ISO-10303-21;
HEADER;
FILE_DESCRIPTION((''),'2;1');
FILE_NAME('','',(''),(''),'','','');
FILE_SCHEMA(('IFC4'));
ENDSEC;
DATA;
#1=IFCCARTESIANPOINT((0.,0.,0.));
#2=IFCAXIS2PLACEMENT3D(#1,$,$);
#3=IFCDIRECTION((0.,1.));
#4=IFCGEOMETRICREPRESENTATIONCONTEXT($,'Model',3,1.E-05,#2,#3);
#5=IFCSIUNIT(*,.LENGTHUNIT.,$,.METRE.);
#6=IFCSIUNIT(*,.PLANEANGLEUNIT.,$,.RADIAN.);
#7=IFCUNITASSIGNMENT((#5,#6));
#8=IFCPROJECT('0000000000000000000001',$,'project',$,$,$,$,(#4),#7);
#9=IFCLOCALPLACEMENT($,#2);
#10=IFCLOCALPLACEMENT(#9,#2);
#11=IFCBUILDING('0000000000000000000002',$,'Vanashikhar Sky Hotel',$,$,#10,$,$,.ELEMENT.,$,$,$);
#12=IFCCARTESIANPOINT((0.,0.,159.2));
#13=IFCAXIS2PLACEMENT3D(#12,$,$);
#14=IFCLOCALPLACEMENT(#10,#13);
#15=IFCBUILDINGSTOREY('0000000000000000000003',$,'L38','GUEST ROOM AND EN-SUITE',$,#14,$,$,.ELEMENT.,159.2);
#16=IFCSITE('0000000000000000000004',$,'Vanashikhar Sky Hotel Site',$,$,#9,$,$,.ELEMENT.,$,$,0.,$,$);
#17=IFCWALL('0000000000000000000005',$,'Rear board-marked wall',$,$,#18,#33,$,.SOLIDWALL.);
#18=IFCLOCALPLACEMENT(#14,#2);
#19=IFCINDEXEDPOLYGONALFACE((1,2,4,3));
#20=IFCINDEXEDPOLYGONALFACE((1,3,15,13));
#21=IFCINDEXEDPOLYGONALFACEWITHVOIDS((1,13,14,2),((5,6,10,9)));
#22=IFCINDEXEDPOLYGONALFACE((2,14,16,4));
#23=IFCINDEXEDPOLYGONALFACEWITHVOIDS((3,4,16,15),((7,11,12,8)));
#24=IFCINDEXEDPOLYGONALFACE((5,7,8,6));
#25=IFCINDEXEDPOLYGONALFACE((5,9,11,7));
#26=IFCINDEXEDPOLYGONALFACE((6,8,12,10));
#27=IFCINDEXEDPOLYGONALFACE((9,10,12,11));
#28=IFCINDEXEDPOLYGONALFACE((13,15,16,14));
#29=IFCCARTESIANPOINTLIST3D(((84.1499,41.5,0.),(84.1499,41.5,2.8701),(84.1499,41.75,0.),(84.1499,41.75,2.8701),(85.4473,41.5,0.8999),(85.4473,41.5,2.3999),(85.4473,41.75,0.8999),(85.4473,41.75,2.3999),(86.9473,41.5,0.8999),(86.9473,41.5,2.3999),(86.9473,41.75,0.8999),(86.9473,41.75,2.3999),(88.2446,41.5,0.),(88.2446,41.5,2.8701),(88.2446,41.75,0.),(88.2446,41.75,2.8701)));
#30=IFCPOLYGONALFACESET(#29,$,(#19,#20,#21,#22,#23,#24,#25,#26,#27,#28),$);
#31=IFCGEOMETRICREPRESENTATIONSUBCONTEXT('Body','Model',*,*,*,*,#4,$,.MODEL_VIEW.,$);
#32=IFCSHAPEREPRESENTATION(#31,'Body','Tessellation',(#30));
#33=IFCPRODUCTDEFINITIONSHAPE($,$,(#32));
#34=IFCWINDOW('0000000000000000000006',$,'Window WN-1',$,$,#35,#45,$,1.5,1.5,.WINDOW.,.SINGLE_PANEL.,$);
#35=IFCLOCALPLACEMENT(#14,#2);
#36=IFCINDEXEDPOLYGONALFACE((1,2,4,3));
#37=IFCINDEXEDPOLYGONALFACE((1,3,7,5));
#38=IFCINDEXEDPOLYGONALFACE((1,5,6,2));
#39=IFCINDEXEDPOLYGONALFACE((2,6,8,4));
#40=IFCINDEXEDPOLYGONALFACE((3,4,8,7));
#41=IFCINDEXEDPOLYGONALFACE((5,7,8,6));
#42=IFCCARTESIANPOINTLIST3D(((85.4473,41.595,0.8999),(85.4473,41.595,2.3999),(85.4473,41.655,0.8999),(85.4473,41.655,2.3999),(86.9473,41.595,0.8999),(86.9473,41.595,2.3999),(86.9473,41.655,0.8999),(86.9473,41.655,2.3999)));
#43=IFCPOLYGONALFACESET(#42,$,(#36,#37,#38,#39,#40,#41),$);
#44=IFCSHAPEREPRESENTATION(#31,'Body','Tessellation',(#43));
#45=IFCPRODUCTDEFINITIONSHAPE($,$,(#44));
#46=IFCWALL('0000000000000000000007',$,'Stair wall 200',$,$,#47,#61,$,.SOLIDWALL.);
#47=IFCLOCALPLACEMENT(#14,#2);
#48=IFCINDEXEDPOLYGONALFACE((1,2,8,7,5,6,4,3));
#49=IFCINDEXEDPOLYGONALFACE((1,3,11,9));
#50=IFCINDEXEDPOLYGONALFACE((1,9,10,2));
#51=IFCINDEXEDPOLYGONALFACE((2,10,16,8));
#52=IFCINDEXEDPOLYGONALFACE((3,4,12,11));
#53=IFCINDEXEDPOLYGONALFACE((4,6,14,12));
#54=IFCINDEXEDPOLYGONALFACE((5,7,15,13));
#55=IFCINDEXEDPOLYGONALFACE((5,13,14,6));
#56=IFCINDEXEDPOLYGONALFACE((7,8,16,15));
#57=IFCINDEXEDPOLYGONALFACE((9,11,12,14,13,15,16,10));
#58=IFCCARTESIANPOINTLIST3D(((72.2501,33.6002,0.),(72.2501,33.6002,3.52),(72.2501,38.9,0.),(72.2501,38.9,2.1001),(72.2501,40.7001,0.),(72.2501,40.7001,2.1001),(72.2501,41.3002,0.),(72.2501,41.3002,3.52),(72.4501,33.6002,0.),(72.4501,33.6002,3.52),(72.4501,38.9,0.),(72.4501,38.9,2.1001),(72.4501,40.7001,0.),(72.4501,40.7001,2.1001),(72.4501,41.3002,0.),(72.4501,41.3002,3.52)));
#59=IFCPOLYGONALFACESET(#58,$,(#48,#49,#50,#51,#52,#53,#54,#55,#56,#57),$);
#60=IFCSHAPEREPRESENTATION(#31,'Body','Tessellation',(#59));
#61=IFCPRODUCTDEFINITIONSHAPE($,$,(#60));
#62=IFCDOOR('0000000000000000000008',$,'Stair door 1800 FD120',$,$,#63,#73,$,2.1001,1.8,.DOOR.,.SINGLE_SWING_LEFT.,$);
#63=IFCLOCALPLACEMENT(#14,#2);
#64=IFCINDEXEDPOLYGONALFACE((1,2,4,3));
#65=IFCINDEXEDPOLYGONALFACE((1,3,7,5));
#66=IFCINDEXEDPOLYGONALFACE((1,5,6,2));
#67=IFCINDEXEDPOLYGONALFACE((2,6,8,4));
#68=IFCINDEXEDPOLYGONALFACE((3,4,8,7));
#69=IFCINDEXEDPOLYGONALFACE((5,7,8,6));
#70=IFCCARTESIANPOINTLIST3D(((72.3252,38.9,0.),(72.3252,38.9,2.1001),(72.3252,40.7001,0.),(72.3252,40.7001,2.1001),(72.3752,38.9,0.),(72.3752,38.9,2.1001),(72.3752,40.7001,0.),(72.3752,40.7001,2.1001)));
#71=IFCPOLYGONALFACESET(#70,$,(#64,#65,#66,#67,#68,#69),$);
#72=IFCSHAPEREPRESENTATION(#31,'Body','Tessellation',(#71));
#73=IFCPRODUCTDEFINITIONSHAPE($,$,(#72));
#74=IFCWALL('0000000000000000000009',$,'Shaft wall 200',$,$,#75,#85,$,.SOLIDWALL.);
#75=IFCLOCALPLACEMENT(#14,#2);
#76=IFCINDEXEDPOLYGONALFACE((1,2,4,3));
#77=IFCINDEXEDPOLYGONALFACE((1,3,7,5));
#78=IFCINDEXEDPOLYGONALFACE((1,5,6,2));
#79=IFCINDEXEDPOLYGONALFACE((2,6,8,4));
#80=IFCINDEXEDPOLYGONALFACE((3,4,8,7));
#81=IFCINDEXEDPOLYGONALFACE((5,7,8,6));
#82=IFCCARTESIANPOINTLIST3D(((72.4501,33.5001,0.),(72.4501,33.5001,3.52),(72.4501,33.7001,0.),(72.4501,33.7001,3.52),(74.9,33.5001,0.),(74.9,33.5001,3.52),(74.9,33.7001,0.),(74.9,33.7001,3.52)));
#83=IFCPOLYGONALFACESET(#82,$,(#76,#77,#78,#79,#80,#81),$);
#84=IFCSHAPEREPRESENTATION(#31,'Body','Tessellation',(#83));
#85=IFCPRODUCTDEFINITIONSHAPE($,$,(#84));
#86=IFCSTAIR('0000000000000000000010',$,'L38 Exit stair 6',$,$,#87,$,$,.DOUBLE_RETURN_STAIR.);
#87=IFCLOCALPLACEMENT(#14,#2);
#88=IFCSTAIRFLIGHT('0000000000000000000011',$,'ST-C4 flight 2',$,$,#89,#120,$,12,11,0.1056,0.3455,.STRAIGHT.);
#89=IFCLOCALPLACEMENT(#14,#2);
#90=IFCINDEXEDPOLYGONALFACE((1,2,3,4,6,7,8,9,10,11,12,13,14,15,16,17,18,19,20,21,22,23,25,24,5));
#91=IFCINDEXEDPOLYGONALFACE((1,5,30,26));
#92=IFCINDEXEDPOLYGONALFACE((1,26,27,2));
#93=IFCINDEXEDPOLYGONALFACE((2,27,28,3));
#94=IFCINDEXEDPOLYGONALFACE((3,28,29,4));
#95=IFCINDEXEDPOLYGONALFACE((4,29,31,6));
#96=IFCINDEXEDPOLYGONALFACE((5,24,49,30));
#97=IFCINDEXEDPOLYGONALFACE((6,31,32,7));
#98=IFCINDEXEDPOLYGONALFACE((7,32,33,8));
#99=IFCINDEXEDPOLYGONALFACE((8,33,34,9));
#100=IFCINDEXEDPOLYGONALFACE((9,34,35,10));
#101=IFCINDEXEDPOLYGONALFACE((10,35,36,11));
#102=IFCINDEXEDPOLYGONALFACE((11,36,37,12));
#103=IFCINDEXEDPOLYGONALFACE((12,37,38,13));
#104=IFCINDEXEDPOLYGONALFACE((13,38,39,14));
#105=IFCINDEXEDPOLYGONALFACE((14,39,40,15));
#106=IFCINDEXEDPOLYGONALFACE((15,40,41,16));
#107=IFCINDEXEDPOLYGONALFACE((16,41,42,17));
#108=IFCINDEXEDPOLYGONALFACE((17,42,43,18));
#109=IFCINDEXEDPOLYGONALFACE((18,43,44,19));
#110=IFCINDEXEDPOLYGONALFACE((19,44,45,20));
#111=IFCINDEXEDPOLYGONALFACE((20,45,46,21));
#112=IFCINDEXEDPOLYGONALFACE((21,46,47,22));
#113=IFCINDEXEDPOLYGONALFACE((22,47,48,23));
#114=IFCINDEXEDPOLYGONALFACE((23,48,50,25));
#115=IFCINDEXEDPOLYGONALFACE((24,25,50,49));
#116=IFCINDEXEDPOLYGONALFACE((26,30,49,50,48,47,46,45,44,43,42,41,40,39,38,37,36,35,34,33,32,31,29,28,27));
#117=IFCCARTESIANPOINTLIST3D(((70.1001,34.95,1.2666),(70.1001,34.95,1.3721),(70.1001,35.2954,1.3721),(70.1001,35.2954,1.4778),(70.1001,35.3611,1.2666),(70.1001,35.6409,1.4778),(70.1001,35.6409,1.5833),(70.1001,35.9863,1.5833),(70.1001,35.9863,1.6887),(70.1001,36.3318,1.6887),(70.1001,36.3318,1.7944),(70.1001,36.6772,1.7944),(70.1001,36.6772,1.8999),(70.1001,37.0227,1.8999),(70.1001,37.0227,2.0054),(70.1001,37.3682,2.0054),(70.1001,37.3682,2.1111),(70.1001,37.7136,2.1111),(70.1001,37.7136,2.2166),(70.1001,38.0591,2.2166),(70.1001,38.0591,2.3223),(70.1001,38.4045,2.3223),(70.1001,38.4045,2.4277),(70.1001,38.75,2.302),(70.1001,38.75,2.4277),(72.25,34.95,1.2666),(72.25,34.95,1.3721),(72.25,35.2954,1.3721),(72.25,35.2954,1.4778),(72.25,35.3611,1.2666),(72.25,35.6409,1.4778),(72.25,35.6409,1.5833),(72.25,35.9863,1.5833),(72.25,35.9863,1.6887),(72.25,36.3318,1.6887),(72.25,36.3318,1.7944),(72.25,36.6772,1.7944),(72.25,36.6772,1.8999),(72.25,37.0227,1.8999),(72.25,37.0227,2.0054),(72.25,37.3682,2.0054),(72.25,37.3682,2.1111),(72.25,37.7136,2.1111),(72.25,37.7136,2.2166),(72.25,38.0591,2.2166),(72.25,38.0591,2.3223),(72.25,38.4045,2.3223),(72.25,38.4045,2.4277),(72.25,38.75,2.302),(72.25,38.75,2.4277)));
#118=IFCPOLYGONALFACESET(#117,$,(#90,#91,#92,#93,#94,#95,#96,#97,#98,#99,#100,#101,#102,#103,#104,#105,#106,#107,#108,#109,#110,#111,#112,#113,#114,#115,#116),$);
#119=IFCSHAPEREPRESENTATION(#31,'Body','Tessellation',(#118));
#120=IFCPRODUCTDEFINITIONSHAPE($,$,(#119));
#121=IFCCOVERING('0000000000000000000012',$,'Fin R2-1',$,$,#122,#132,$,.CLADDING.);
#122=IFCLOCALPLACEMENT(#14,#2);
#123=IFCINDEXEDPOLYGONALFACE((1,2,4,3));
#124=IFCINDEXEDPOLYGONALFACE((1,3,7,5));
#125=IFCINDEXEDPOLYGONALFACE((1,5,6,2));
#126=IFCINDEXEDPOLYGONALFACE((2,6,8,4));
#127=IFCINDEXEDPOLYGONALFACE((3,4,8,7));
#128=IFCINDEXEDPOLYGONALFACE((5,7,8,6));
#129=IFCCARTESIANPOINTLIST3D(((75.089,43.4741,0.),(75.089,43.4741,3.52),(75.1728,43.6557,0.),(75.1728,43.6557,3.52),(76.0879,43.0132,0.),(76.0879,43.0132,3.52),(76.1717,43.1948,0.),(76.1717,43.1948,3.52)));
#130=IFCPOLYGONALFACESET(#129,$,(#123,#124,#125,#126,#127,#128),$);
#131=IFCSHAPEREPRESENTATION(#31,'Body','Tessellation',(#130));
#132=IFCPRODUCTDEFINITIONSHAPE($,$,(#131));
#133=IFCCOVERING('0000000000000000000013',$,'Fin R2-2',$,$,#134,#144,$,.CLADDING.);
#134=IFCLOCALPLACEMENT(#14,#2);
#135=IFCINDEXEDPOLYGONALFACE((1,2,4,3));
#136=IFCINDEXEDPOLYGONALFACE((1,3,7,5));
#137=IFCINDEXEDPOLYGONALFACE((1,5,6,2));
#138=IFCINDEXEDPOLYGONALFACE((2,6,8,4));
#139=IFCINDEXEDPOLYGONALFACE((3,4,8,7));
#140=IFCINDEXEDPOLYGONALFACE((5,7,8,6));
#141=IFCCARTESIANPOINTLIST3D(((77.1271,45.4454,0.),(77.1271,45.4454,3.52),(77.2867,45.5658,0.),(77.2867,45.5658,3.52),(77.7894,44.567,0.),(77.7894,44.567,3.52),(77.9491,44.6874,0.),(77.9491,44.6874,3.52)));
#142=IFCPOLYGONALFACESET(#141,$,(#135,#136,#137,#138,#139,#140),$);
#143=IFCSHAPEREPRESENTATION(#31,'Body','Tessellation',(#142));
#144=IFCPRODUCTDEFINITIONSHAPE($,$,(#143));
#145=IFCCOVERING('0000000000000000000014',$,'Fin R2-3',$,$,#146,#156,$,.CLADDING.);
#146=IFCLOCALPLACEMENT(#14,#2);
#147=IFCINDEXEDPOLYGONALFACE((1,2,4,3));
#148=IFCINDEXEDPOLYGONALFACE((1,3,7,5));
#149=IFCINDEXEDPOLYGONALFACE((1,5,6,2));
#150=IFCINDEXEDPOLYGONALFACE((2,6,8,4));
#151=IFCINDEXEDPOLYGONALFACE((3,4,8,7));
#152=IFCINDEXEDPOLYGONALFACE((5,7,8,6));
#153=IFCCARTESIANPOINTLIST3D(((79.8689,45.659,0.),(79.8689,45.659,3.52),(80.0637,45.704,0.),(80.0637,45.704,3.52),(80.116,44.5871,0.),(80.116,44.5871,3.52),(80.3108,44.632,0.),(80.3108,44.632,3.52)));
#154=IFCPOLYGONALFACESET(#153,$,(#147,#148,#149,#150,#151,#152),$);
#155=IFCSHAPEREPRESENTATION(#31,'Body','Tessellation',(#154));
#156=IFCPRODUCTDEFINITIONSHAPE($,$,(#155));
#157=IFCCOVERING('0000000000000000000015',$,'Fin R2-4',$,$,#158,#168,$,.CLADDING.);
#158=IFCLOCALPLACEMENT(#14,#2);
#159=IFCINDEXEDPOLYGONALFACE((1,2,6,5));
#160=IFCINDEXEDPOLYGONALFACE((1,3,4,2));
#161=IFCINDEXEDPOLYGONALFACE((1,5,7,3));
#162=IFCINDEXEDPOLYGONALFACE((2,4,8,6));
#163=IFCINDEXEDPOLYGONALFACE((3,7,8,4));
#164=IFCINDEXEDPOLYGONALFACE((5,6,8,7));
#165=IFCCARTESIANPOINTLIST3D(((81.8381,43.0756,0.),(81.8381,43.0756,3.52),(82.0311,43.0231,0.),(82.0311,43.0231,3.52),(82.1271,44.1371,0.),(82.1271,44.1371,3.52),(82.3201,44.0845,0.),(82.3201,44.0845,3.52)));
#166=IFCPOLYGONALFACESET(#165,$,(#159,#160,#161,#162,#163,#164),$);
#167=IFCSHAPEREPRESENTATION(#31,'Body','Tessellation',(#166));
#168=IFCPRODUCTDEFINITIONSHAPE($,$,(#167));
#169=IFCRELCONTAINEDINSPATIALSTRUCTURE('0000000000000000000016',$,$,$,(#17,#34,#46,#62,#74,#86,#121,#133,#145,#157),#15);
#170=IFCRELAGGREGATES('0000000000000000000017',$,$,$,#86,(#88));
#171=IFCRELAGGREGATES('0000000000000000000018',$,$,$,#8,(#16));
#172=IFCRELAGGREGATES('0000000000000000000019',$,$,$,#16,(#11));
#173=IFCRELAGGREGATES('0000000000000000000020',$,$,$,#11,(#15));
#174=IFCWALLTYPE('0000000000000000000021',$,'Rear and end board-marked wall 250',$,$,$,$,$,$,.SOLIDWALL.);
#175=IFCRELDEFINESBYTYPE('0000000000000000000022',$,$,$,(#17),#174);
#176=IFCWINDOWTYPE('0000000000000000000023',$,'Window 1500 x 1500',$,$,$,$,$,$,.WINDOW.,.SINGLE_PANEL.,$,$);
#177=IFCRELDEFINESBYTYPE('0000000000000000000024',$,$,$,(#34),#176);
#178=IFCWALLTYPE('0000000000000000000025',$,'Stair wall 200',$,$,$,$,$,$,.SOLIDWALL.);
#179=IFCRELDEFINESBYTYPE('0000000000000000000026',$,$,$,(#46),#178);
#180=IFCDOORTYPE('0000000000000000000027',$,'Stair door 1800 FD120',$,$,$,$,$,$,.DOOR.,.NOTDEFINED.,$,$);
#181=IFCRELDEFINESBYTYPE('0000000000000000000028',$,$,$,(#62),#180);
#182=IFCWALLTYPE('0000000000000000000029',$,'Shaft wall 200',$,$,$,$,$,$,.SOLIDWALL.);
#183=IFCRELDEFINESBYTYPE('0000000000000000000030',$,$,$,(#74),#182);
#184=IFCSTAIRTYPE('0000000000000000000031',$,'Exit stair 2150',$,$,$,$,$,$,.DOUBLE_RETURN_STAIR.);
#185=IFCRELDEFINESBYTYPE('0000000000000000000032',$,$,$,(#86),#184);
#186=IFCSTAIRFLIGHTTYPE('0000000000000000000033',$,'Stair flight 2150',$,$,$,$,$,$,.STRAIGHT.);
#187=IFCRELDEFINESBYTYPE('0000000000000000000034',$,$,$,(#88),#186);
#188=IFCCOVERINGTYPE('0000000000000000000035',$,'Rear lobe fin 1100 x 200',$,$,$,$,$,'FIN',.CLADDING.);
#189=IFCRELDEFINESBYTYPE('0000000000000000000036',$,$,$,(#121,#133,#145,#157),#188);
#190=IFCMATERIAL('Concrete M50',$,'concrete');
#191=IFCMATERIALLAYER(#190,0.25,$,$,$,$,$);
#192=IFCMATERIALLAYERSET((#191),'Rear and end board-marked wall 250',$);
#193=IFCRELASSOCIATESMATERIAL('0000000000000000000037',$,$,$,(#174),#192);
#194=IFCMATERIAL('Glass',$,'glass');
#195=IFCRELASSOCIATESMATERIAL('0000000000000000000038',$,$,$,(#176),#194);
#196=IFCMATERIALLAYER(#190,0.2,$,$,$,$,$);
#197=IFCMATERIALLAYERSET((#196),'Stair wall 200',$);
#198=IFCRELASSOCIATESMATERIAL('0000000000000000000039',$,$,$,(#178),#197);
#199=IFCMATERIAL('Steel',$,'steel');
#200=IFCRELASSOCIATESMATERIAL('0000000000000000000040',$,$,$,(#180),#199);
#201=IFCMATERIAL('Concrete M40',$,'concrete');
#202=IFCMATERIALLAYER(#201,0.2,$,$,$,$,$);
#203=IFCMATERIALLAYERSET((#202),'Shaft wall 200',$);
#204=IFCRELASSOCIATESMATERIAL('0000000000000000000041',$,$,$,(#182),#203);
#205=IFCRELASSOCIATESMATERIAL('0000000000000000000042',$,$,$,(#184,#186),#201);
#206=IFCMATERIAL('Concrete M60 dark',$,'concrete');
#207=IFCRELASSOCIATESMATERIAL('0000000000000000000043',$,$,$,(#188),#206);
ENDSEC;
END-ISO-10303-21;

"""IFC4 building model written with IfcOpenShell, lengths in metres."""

from ifc_helpers import new_model, si_unit, direction, frame, frame_2d, origin, origin_2d, place, context, subcontext, project, spatial, polyline, rectangle, outline, extrude, source, transform, mapped, material, layer, layer_set, material_profile, profile_set, type_object, element, fill, aggregate, save


model = new_model("IFC4")

# Units and contexts
model_context = context("Model", 3, precision=1e-05, world=origin(), true_north=direction((0.0, 1.0)))
body_context = subcontext(model_context, "Body", "Model", "MODEL_VIEW")
ifc_project = project(units=[si_unit("LENGTHUNIT", "METRE"), si_unit("PLANEANGLEUNIT", "RADIAN")], contexts=[model_context])

# Site, building, storey
site_placement = place(None, origin())
site = spatial("IfcSite", under=ifc_project, at=site_placement, Name="Vanashikhar Sky Hotel Site", CompositionType="ELEMENT", RefElevation=0.0)
building_placement = place(site_placement, origin())
building = spatial("IfcBuilding", under=site, at=building_placement, Name="Vanashikhar Sky Hotel", CompositionType="ELEMENT")
storey_placement = place(building_placement, frame((0.0, 0.0, 159.2)))
storey = spatial("IfcBuildingStorey", under=building, at=storey_placement, Name="L38", Description="GUEST ROOM AND EN-SUITE", CompositionType="ELEMENT", Elevation=159.2)

# Shared definitions
ifc_material_1 = material(Name="Concrete M50", Category="concrete")
ifc_material_2 = material(Name="Glass", Category="glass")

# Shared definitions
ifc_layer_1 = layer(ifc_material_1, 0.25)
ifc_layer_set_1 = layer_set([ifc_layer_1], Name="Rear and end board-marked wall 250")
wall_type_1 = type_object("IfcWallType", Name="Rear and end board-marked wall 250", PredefinedType="SOLIDWALL", material=ifc_layer_set_1)

# Wall, opening, window
shared_shape_1 = source(origin(), body_context, "Body", "SweptSolid", [
    extrude(rectangle(XDim=4.0947, YDim=0.25, at=frame_2d((2.0474, 0.0))), origin(), (0.0, 0.0, 1.0), 2.8701),
])
wall_1_placement = place(storey_placement, frame((88.2446, 41.625, 0.0), z_axis=(0.0, 0.0, 1.0), x_axis=(-1.0, 0.0, 0.0)))
wall_1 = element("IfcWall", 1, at=wall_1_placement, inside=storey, type_object=wall_type_1, Name="Rear board-marked wall", PredefinedType="SOLIDWALL", context=body_context, shape_type="MappedRepresentation", body=[
    mapped(shared_shape_1, transform((0.0, 0.0, 0.0), scale=1.0)),
])
shared_shape_2 = source(origin(), body_context, "Body", "SweptSolid", [
    extrude(rectangle(XDim=1.5, YDim=1.5, at=frame_2d((0.75, 0.75))), frame((0.0, 0.135, 0.0), z_axis=(0.0, -1.0, 0.0), x_axis=(1.0, 0.0, 0.0)), (0.0, 0.0, 1.0), 0.27),
])
opening_1_placement = place(wall_1_placement, frame((1.2974, 0.0, 0.8999)))
opening_1 = element("IfcOpeningElement", 2, at=opening_1_placement, cuts=wall_1, PredefinedType="OPENING", context=body_context, shape_type="MappedRepresentation", body=[
    mapped(shared_shape_2, transform((0.0, 0.0, 0.0), scale=1.0)),
])
window_type_1 = type_object("IfcWindowType", Name="Window 1500 x 1500", PartitioningType="SINGLE_PANEL", PredefinedType="WINDOW", material=ifc_material_2)
shared_shape_3 = source(origin(), body_context, "Body", "SweptSolid", [
    extrude(rectangle(XDim=1.5, YDim=1.5, at=frame_2d((0.75, 0.75))), frame((0.0, 0.03, 0.0), z_axis=(0.0, -1.0, 0.0), x_axis=(1.0, 0.0, 0.0)), (0.0, 0.0, 1.0), 0.0601),
])
window_1_placement = place(opening_1_placement, origin())
window_1 = element("IfcWindow", 3, at=window_1_placement, inside=storey, type_object=window_type_1, Name="Window WN-1", OverallHeight=1.5, OverallWidth=1.5, PartitioningType="SINGLE_PANEL", PredefinedType="WINDOW", context=body_context, shape_type="MappedRepresentation", body=[
    mapped(shared_shape_3, transform((0.0, 0.0, 0.0), scale=1.0)),
])
fill(opening_1, window_1)

# Wall, opening, door
ifc_layer_2 = layer(ifc_material_1, 0.2)
ifc_layer_set_2 = layer_set([ifc_layer_2], Name="Stair wall 200")
wall_type_2 = type_object("IfcWallType", Name="Stair wall 200", PredefinedType="SOLIDWALL", material=ifc_layer_set_2)
shared_shape_4 = source(origin(), body_context, "Body", "SweptSolid", [
    extrude(rectangle(XDim=7.7, YDim=0.2, at=frame_2d((3.8501, 0.0))), origin(), (0.0, 0.0, 1.0), 3.52),
])
wall_2_placement = place(storey_placement, frame((72.3501, 33.6001, 0.0), z_axis=(0.0, 0.0, 1.0), x_axis=(0.0, 1.0, 0.0)))
wall_2 = element("IfcWall", 4, at=wall_2_placement, inside=storey, type_object=wall_type_2, Name="Stair wall 200", PredefinedType="SOLIDWALL", context=body_context, shape_type="MappedRepresentation", body=[
    mapped(shared_shape_4, transform((0.0, 0.0, 0.0), scale=1.0)),
])
shared_shape_5 = source(origin(), body_context, "Body", "SweptSolid", [
    extrude(rectangle(XDim=1.8, YDim=2.1001, at=frame_2d((0.8999, 1.05))), frame((0.0, 0.1099, 0.0), z_axis=(0.0, -1.0, 0.0), x_axis=(1.0, 0.0, 0.0)), (0.0, 0.0, 1.0), 0.22),
])
opening_2_placement = place(wall_2_placement, frame((5.3, 0.0, 0.0)))
opening_2 = element("IfcOpeningElement", 5, at=opening_2_placement, cuts=wall_2, PredefinedType="OPENING", context=body_context, shape_type="MappedRepresentation", body=[
    mapped(shared_shape_5, transform((0.0, 0.0, 0.0), scale=1.0)),
])
ifc_material_3 = material(Name="Steel", Category="steel")
door_type = type_object("IfcDoorType", Name="Stair door 1800 FD120", OperationType="NOTDEFINED", PredefinedType="DOOR", material=ifc_material_3)
shared_shape_6 = source(origin(), body_context, "Body", "SweptSolid", [
    extrude(rectangle(XDim=1.8, YDim=2.1001, at=frame_2d((0.8999, 1.05))), frame((0.0, 0.0249, 0.0), z_axis=(0.0, -1.0, 0.0), x_axis=(1.0, 0.0, 0.0)), (0.0, 0.0, 1.0), 0.05),
])
door_placement = place(opening_2_placement, origin())
door = element("IfcDoor", 6, at=door_placement, inside=storey, type_object=door_type, Name="Stair door 1800 FD120", OperationType="SINGLE_SWING_LEFT", OverallHeight=2.1001, OverallWidth=1.8, PredefinedType="DOOR", context=body_context, shape_type="MappedRepresentation", body=[
    mapped(shared_shape_6, transform((0.0, 0.0, 0.0), scale=1.0)),
])
fill(opening_2, door)

# Wall
ifc_material_4 = material(Name="Concrete M40", Category="concrete")
ifc_layer_3 = layer(ifc_material_4, 0.2)
ifc_layer_set_3 = layer_set([ifc_layer_3], Name="Shaft wall 200")
wall_type_3 = type_object("IfcWallType", Name="Shaft wall 200", PredefinedType="SOLIDWALL", material=ifc_layer_set_3)
shared_shape_7 = source(origin(), body_context, "Body", "SweptSolid", [
    extrude(rectangle(XDim=2.45, YDim=0.2, at=frame_2d((1.2251, 0.0))), origin(), (0.0, 0.0, 1.0), 3.52),
])
wall_3_placement = place(storey_placement, frame((72.45, 33.6001, 0.0), z_axis=(0.0, 0.0, 1.0), x_axis=(1.0, 0.0, 0.0)))
element("IfcWall", 7, at=wall_3_placement, inside=storey, type_object=wall_type_3, Name="Shaft wall 200", PredefinedType="SOLIDWALL", context=body_context, shape_type="MappedRepresentation", body=[
    mapped(shared_shape_7, transform((0.0, 0.0, 0.0), scale=1.0)),
])

# Stair, stair flight
stair_type = type_object("IfcStairType", Name="Exit stair 2150", PredefinedType="DOUBLE_RETURN_STAIR", material=ifc_material_4)
stair_placement = place(storey_placement, origin())
stair = element("IfcStair", 8, at=stair_placement, inside=storey, type_object=stair_type, Name="L38 Exit stair 6", PredefinedType="DOUBLE_RETURN_STAIR")
stair_flight_type = type_object("IfcStairFlightType", Name="Stair flight 2150", PredefinedType="STRAIGHT", material=ifc_material_4)
shared_shape_8 = source(origin(), body_context, "Body", "SweptSolid", [
    extrude(outline(polyline([(0.0, 0.0), (0.0, 0.1055), (0.3455, 0.1055), (0.3455, 0.2112), (0.6909, 0.2112), (0.6909, 0.3167), (1.0364, 0.3167), (1.0364, 0.4221), (1.3818, 0.4221), (1.3818, 0.5278), (1.7273, 0.5278), (1.7273, 0.6333), (2.0728, 0.6333), (2.0728, 0.7388), (2.4182, 0.7388), (2.4182, 0.8445), (2.7637, 0.8445), (2.7637, 0.95), (3.1091, 0.95), (3.1091, 1.0557), (3.4546, 1.0557), (3.4546, 1.1611), (3.8, 1.1611), (3.8, 1.2666), (3.8, 1.0354), (0.4111, 0.0), (0.0, 0.0)])), frame((0.0, 1.075, 0.0), z_axis=(0.0, -1.0, 0.0), x_axis=(1.0, 0.0, 0.0)), (0.0, 0.0, 1.0), 2.1499),
])
stair_flight_placement = place(storey_placement, frame((71.175, 34.95, 1.2666), z_axis=(0.0, 0.0, 1.0), x_axis=(0.0, 1.0, 0.0)))
stair_flight = element("IfcStairFlight", 9, at=stair_flight_placement, type_object=stair_flight_type, Name="ST-C4 flight 2", NumberOfRisers=12, NumberOfTreads=11, PredefinedType="STRAIGHT", RiserHeight=0.1056, TreadLength=0.3455, context=body_context, shape_type="MappedRepresentation", body=[
    mapped(shared_shape_8, transform((0.0, 0.0, 0.0), scale=1.0)),
])
aggregate(stair, [stair_flight])

# Coverings
ifc_material_5 = material(Name="Concrete M60 dark", Category="concrete")
ifc_material_profile_1 = material_profile(ifc_material_5, rectangle(XDim=1.1001, YDim=0.2, at=origin_2d()))
ifc_profile_set_1 = profile_set([ifc_material_profile_1], Name="Rear lobe fin 1100 x 200")
covering_type_1 = type_object("IfcCoveringType", Name="Rear lobe fin 1100 x 200", ElementType="FIN", PredefinedType="CLADDING", material=ifc_profile_set_1)
shared_shape_9 = source(origin(), body_context, "Body", "SweptSolid", [
    extrude(rectangle(XDim=1.1001, YDim=0.2, at=origin_2d()), origin(), (0.0, 0.0, 1.0), 3.52),
])
for number, where, z_axis, x_axis, name in (
    (10, (75.6304, 43.3345, 0.0), (0.0, 0.0, 1.0), (-0.908004, 0.418961, 0.0), "Fin R2-1"),
    (11, (77.5381, 45.0664, 0.0), (0.0, 0.0, 1.0), (-0.602066, 0.798446, 0.0), "Fin R2-2"),
    (12, (80.0898, 45.1455, 0.0), (0.0, 0.0, 1.0), (-0.224645, 0.974441, 0.0), "Fin R2-3"),
    (13, (82.0791, 43.5801, 0.0), (0.0, 0.0, 1.0), (0.262711, 0.964874, 0.0), "Fin R2-4"),
):
    element("IfcCovering", number, at=place(storey_placement, frame(where, z_axis=z_axis, x_axis=x_axis)), inside=storey, type_object=covering_type_1, Name=name, PredefinedType="CLADDING", context=body_context, shape_type="MappedRepresentation", body=[
        mapped(shared_shape_9, transform((0.0, 0.0, 0.0), scale=1.0)),
    ])

save(model, "model.ifc")
